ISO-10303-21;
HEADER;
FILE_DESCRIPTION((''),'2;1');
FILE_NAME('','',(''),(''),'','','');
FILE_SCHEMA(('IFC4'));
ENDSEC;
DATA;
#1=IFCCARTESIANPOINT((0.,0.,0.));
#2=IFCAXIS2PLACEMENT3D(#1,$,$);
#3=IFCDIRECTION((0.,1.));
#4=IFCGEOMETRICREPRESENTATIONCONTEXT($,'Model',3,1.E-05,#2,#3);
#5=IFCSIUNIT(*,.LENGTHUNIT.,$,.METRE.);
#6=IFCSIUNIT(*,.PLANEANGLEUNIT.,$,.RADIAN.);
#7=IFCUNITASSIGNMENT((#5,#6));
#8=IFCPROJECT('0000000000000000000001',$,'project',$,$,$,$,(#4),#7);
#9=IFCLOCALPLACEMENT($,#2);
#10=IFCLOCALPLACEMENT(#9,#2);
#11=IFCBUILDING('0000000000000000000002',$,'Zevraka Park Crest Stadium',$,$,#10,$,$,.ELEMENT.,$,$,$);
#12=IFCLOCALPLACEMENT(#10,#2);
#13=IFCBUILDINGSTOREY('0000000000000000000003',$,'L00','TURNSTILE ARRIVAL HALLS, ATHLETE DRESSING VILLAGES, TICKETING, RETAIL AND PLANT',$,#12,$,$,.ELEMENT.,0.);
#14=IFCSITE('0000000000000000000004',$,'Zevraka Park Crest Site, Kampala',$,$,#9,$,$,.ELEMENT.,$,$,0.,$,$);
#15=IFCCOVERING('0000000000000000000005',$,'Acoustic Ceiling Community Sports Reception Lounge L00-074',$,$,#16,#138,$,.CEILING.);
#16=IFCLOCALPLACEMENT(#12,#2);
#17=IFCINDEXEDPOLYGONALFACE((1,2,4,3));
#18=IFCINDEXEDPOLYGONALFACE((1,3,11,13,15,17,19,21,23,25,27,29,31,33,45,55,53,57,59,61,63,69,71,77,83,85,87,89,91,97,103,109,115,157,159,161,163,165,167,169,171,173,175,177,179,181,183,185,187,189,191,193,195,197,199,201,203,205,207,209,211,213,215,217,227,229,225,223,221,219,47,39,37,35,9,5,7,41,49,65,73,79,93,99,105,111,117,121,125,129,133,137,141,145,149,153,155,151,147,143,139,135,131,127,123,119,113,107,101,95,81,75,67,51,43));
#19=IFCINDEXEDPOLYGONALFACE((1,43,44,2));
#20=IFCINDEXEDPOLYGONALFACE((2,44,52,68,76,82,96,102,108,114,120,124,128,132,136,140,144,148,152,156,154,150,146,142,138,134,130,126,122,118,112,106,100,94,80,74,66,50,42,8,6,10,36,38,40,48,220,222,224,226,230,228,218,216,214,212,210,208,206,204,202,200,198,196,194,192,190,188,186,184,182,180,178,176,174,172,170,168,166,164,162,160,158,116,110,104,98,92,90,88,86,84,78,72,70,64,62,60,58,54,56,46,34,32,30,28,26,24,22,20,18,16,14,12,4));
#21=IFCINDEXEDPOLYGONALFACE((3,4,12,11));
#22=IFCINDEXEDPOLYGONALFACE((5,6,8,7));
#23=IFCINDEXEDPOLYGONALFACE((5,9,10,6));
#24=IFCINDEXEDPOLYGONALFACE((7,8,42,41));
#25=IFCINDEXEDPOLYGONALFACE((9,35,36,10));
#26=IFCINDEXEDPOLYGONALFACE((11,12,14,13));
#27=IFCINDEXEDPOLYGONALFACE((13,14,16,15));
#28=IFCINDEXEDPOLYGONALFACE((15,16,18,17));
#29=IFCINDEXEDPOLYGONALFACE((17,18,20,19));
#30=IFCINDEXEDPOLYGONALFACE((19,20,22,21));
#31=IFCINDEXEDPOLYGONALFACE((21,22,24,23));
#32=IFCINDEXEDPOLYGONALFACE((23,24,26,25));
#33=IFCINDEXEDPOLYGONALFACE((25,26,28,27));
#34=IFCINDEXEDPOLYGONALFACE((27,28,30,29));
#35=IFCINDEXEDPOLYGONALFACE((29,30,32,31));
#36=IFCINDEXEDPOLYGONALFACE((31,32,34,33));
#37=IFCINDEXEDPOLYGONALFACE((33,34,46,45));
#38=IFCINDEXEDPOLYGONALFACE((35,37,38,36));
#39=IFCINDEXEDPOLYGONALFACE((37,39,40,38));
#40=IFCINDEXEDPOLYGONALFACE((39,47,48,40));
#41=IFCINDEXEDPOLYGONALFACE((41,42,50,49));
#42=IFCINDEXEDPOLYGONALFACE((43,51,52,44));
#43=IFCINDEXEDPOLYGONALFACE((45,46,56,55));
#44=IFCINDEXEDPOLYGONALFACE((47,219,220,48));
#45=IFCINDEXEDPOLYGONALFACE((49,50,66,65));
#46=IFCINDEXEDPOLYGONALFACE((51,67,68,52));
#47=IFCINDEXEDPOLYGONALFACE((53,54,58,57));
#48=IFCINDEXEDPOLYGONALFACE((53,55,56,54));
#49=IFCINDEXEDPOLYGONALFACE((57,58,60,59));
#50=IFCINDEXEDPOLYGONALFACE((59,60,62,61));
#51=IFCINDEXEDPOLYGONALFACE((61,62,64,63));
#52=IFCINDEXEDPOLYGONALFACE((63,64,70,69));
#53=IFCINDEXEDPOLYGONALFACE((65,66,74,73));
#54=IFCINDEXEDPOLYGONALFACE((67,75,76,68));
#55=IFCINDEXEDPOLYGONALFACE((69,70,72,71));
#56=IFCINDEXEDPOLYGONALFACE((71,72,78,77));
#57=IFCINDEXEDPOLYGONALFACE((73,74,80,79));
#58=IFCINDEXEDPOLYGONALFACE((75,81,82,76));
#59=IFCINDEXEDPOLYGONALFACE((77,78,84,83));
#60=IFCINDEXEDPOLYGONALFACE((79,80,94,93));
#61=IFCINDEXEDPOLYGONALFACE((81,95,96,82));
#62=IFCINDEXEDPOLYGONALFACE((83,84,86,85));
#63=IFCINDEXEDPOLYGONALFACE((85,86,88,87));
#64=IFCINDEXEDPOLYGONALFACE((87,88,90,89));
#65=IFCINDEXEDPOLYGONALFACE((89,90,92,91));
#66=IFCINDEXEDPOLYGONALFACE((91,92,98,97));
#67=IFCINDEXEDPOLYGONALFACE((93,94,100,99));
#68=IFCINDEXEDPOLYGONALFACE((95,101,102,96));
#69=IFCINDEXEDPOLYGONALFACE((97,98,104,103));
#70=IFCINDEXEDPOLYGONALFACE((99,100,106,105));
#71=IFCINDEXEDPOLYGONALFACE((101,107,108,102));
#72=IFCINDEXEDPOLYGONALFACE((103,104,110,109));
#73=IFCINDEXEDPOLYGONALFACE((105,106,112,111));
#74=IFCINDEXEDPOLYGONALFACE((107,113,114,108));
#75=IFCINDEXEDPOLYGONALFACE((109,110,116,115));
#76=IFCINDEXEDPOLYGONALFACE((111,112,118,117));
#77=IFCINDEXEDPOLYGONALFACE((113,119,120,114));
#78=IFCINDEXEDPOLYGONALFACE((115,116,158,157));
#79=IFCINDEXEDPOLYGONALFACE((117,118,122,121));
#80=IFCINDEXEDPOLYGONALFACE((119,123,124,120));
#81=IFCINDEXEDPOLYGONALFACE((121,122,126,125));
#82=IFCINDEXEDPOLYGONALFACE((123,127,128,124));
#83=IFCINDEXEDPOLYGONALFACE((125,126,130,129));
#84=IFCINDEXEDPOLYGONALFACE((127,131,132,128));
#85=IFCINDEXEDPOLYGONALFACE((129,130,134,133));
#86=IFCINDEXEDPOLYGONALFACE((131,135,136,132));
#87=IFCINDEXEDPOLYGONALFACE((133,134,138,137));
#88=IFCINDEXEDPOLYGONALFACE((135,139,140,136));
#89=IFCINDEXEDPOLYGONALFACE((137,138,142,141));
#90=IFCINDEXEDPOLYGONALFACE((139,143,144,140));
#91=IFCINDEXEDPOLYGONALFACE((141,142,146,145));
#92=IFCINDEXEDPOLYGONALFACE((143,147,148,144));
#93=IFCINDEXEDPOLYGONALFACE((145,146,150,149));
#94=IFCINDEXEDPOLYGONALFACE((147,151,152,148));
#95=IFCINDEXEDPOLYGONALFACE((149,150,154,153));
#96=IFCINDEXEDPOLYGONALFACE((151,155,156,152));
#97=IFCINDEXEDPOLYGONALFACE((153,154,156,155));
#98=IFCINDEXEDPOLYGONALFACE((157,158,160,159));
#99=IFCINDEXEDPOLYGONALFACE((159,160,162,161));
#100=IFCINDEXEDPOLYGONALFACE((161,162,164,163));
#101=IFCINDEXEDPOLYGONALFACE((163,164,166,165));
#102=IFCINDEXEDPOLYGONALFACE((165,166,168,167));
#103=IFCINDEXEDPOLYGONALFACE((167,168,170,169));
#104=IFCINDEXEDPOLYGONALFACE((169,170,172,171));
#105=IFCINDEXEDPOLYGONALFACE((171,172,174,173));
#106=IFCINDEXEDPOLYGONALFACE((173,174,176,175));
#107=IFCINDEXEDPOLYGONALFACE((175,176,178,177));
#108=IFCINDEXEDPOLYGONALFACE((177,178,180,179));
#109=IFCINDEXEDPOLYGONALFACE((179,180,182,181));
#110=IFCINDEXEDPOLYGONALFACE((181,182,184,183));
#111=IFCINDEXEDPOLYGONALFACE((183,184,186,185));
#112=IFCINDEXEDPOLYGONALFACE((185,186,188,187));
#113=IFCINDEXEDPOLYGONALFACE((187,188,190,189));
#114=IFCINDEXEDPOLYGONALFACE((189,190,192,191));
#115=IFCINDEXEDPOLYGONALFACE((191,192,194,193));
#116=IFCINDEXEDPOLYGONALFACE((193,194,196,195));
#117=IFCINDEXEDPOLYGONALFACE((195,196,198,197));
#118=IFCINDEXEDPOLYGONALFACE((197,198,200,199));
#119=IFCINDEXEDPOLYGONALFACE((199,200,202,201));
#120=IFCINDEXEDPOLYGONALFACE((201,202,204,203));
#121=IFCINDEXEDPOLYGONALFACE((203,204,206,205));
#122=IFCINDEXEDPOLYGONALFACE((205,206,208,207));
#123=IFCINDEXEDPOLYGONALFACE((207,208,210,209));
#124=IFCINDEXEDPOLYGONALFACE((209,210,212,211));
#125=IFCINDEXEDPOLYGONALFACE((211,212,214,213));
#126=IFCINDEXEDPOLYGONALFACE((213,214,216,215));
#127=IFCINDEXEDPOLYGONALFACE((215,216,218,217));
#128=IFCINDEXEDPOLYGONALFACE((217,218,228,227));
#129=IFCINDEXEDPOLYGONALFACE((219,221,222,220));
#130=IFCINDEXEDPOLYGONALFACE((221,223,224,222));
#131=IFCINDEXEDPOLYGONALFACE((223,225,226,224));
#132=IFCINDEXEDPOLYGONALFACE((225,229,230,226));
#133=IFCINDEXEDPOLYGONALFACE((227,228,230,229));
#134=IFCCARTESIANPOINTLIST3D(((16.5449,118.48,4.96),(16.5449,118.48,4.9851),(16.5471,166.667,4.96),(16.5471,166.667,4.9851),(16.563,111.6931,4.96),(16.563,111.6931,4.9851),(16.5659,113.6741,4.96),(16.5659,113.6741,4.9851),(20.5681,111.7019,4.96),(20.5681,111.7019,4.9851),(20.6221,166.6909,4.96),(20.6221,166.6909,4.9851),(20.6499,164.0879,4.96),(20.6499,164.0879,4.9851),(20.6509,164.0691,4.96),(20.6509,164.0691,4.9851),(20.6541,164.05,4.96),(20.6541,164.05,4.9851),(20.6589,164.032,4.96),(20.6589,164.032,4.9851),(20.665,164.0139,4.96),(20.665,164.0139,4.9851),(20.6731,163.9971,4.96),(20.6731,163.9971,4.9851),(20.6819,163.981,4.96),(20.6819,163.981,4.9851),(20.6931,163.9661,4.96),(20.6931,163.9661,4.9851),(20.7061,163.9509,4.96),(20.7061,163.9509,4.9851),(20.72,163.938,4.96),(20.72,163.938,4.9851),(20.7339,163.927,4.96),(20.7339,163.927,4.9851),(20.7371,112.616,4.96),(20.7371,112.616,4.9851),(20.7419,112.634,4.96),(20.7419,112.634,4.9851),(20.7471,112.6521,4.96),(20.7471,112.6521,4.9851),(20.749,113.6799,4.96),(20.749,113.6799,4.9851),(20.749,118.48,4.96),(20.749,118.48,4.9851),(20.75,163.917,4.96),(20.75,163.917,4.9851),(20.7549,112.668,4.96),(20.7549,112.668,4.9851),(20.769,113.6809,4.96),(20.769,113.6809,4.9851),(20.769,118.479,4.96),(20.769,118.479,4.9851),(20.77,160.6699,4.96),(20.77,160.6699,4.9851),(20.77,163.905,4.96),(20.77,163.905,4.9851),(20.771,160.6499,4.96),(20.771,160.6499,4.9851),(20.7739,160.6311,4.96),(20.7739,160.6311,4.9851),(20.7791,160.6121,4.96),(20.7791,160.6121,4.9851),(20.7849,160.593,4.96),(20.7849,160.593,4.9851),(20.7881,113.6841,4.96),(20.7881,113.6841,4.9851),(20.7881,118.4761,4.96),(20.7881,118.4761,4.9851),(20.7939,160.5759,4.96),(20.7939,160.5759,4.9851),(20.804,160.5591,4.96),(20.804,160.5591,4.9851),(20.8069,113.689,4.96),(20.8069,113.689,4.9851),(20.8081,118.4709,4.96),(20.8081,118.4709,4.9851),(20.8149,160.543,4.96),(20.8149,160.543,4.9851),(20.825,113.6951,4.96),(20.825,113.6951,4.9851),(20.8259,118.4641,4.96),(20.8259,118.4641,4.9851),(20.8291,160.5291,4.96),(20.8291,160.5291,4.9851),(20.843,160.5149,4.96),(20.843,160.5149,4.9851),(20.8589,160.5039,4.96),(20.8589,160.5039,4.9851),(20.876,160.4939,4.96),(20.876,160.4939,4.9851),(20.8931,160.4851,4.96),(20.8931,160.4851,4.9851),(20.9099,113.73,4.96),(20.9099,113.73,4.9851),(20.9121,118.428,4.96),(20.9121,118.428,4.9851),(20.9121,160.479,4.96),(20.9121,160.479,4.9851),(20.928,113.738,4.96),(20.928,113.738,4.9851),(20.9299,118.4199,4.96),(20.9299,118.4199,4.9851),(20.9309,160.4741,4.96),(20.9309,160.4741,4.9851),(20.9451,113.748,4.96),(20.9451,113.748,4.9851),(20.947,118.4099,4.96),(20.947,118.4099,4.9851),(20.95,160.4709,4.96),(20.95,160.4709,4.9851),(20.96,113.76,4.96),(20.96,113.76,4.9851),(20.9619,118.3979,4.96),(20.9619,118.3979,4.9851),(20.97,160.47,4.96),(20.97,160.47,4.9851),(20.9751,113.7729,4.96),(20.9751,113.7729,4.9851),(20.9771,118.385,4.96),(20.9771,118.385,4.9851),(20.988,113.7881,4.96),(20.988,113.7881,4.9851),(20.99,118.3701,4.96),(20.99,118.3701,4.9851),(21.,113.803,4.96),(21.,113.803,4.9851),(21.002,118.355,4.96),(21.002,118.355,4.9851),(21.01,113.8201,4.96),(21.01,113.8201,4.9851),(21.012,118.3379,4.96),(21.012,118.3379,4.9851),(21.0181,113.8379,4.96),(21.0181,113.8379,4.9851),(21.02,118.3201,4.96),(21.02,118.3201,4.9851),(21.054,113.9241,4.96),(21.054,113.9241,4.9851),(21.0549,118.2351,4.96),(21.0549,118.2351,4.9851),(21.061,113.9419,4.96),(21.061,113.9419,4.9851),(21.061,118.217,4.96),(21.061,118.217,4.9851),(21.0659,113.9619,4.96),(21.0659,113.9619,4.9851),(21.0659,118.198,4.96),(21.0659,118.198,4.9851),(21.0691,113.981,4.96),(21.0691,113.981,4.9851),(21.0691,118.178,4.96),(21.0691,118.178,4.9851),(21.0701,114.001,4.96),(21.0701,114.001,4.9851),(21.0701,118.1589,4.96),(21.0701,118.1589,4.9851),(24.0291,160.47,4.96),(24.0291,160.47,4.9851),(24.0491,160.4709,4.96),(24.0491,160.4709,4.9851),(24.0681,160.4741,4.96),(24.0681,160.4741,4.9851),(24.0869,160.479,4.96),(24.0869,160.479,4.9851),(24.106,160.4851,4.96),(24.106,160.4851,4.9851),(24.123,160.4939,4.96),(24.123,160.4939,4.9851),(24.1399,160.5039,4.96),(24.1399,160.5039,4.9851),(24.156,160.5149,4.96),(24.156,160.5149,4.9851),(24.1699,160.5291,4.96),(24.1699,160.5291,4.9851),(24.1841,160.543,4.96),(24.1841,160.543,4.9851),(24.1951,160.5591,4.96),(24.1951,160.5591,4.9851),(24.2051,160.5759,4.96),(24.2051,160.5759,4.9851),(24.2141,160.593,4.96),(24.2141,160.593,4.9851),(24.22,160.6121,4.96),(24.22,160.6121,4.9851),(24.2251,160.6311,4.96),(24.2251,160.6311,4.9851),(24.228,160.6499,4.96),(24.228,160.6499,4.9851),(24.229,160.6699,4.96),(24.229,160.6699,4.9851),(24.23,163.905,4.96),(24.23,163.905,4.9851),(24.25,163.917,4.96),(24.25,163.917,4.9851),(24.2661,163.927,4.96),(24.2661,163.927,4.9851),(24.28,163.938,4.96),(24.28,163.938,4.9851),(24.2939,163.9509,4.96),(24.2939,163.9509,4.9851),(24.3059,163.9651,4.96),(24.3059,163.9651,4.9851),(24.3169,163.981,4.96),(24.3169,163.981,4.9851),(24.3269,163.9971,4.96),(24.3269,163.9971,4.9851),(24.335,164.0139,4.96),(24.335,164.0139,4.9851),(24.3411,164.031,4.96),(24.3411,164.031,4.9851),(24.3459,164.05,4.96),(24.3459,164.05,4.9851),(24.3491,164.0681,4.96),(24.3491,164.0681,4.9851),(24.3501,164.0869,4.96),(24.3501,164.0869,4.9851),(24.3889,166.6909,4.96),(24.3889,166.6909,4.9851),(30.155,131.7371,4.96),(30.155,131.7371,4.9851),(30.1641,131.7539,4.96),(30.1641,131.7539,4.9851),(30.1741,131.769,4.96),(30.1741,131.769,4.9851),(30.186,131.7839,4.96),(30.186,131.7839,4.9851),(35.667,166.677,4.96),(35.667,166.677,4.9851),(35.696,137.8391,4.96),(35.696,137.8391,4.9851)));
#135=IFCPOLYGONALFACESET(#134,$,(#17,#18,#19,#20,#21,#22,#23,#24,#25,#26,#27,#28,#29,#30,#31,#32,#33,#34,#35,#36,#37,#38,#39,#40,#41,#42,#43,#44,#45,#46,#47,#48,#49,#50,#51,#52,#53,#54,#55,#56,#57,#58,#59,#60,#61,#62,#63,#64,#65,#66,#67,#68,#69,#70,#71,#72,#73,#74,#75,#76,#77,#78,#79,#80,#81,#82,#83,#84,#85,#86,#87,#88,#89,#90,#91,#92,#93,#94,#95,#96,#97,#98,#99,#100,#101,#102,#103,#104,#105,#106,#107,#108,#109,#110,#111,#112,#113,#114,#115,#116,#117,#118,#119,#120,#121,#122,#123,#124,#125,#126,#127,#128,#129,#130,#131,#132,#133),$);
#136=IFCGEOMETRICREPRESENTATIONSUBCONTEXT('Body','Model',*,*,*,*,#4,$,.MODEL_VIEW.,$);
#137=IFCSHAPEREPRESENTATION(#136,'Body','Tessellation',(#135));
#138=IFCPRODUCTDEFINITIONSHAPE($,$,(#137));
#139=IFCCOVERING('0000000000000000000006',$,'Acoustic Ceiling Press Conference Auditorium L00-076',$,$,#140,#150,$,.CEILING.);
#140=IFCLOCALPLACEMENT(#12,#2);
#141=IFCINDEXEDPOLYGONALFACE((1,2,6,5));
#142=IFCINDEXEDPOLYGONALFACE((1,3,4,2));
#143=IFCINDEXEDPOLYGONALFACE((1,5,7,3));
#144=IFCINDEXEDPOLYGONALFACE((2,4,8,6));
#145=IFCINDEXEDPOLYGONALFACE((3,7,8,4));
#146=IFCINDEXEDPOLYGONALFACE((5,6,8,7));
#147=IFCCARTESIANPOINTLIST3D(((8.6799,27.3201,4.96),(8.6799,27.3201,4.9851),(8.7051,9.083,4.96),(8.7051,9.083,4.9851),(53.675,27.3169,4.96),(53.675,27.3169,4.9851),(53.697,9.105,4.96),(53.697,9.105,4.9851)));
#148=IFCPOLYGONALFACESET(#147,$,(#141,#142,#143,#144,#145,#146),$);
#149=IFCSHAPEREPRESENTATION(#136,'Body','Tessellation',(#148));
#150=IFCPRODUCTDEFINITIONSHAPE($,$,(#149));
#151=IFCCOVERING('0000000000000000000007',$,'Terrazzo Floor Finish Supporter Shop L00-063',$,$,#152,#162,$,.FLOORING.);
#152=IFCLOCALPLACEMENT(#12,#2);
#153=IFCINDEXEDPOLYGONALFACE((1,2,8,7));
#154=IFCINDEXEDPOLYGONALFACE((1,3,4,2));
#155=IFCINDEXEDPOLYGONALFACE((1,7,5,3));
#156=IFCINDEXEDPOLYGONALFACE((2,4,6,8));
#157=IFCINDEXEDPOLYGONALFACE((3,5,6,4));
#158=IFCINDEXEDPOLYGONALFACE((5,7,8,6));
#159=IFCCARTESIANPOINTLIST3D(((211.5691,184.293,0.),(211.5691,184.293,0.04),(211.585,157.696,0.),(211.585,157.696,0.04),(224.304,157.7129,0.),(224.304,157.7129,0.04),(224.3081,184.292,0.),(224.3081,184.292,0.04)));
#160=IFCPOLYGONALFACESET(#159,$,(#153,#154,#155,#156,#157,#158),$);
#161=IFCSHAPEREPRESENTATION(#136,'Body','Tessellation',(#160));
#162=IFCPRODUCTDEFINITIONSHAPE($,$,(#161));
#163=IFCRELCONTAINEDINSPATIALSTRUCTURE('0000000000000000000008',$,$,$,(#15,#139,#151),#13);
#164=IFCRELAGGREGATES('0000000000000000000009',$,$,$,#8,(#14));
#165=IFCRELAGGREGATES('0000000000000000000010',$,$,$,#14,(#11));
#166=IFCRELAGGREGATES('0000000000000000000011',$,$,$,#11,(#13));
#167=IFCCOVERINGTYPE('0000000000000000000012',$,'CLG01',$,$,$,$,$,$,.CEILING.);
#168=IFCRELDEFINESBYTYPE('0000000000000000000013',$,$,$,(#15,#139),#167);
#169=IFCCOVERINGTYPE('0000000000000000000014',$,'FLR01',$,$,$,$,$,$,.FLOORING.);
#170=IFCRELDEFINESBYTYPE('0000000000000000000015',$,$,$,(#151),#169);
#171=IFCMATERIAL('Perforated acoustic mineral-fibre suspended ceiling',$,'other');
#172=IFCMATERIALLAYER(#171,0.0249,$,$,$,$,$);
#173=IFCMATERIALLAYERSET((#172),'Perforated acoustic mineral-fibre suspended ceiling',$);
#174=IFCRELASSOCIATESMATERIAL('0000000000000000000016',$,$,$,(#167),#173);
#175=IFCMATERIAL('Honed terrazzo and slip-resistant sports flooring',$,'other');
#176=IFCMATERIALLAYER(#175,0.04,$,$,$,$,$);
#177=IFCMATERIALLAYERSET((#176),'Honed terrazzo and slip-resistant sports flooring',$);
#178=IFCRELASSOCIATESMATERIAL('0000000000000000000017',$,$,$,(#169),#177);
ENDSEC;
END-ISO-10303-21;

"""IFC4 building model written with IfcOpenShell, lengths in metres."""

from ifc_helpers import new_model, si_unit, direction, frame, origin, place, context, subcontext, project, spatial, polyline, outline, extrude, material, layer, layer_set, type_object, element, save


model = new_model("IFC4")

# Units and contexts
model_context = context("Model", 3, precision=1e-05, world=origin(), true_north=direction((0.0, 1.0)))
body_context = subcontext(model_context, "Body", "Model", "MODEL_VIEW")
ifc_project = project(units=[si_unit("LENGTHUNIT", "METRE"), si_unit("PLANEANGLEUNIT", "RADIAN")], contexts=[model_context])

# Site, building, storey
site_placement = place(None, origin())
site = spatial("IfcSite", under=ifc_project, at=site_placement, Name="Zevraka Park Crest Site, Kampala", CompositionType="ELEMENT", RefElevation=0.0)
building_placement = place(site_placement, origin())
building = spatial("IfcBuilding", under=site, at=building_placement, Name="Zevraka Park Crest Stadium", CompositionType="ELEMENT")
storey_placement = place(building_placement, origin())
storey = spatial("IfcBuildingStorey", under=building, at=storey_placement, Name="L00", Description="TURNSTILE ARRIVAL HALLS, ATHLETE DRESSING VILLAGES, TICKETING, RETAIL AND PLANT", CompositionType="ELEMENT", Elevation=0.0)

# Coverings
ifc_material_1 = material(Name="Perforated acoustic mineral-fibre suspended ceiling", Category="other")
ifc_layer_1 = layer(ifc_material_1, 0.0249)
ifc_layer_set_1 = layer_set([ifc_layer_1], Name="Perforated acoustic mineral-fibre suspended ceiling")
covering_type_1 = type_object("IfcCoveringType", Name="CLG01", PredefinedType="CEILING", material=ifc_layer_set_1)
covering_1_placement = place(storey_placement, frame((0.0, 0.0, 4.96)))
element("IfcCovering", 1, at=covering_1_placement, inside=storey, type_object=covering_type_1, Name="Acoustic Ceiling Community Sports Reception Lounge L00-074", PredefinedType="CEILING", context=body_context, shape_type="SweptSolid", body=[
    extrude(outline(polyline([(16.5449, 118.48), (16.5471, 166.667), (20.6221, 166.6909), (20.6499, 164.0879), (20.6509, 164.0691), (20.6541, 164.05), (20.6589, 164.032), (20.665, 164.0139), (20.6731, 163.9971), (20.6819, 163.981), (20.6931, 163.9661), (20.7061, 163.9509), (20.72, 163.938), (20.7339, 163.927), (20.75, 163.917), (20.77, 163.905), (20.77, 160.6699), (20.771, 160.6499), (20.7739, 160.6311), (20.7791, 160.6121), (20.7849, 160.593), (20.7939, 160.5759), (20.804, 160.5591), (20.8149, 160.543), (20.8291, 160.5291), (20.843, 160.5149), (20.8589, 160.5039), (20.876, 160.4939), (20.8931, 160.4851), (20.9121, 160.479), (20.9309, 160.4741), (20.95, 160.4709), (20.97, 160.47), (24.0291, 160.47), (24.0491, 160.4709), (24.0681, 160.4741), (24.0869, 160.479), (24.106, 160.4851), (24.123, 160.4939), (24.1399, 160.5039), (24.156, 160.5149), (24.1699, 160.5291), (24.1841, 160.543), (24.1951, 160.5591), (24.2051, 160.5759), (24.2141, 160.593), (24.22, 160.6121), (24.2251, 160.6311), (24.228, 160.6499), (24.229, 160.6699), (24.23, 163.905), (24.25, 163.917), (24.2661, 163.927), (24.28, 163.938), (24.2939, 163.9509), (24.3059, 163.9651), (24.3169, 163.981), (24.3269, 163.9971), (24.335, 164.0139), (24.3411, 164.031), (24.3459, 164.05), (24.3491, 164.0681), (24.3501, 164.0869), (24.3889, 166.6909), (35.667, 166.677), (35.696, 137.8391), (30.186, 131.7839), (30.1741, 131.769), (30.1641, 131.7539), (30.155, 131.7371), (20.7549, 112.668), (20.7471, 112.6521), (20.7419, 112.634), (20.7371, 112.616), (20.5681, 111.7019), (16.563, 111.6931), (16.5659, 113.6741), (20.749, 113.6799), (20.769, 113.6809), (20.7881, 113.6841), (20.8069, 113.689), (20.825, 113.6951), (20.9099, 113.73), (20.928, 113.738), (20.9451, 113.748), (20.96, 113.76), (20.9751, 113.7729), (20.988, 113.7881), (21.0, 113.803), (21.01, 113.8201), (21.0181, 113.8379), (21.054, 113.9241), (21.061, 113.9419), (21.0659, 113.9619), (21.0691, 113.981), (21.0701, 114.001), (21.0701, 118.1589), (21.0691, 118.178), (21.0659, 118.198), (21.061, 118.217), (21.0549, 118.2351), (21.02, 118.3201), (21.012, 118.3379), (21.002, 118.355), (20.99, 118.3701), (20.9771, 118.385), (20.9619, 118.3979), (20.947, 118.4099), (20.9299, 118.4199), (20.9121, 118.428), (20.8259, 118.4641), (20.8081, 118.4709), (20.7881, 118.4761), (20.769, 118.479), (20.749, 118.48), (16.5449, 118.48)])), origin(), (0.0, 0.0, 1.0), 0.0251),
])
covering_2_placement = place(storey_placement, frame((0.0, 0.0, 4.96)))
element("IfcCovering", 2, at=covering_2_placement, inside=storey, type_object=covering_type_1, Name="Acoustic Ceiling Press Conference Auditorium L00-076", PredefinedType="CEILING", context=body_context, shape_type="SweptSolid", body=[
    extrude(outline(polyline([(8.6799, 27.3201), (53.675, 27.3169), (53.697, 9.105), (8.7051, 9.083), (8.6799, 27.3201)])), origin(), (0.0, 0.0, 1.0), 0.0251),
])
ifc_material_2 = material(Name="Honed terrazzo and slip-resistant sports flooring", Category="other")
ifc_layer_2 = layer(ifc_material_2, 0.04)
ifc_layer_set_2 = layer_set([ifc_layer_2], Name="Honed terrazzo and slip-resistant sports flooring")
covering_type_2 = type_object("IfcCoveringType", Name="FLR01", PredefinedType="FLOORING", material=ifc_layer_set_2)
covering_3_placement = place(storey_placement, origin())
element("IfcCovering", 3, at=covering_3_placement, inside=storey, type_object=covering_type_2, Name="Terrazzo Floor Finish Supporter Shop L00-063", PredefinedType="FLOORING", context=body_context, shape_type="SweptSolid", body=[
    extrude(outline(polyline([(224.3081, 184.292), (224.304, 157.7129), (211.585, 157.696), (211.5691, 184.293), (224.3081, 184.292)])), origin(), (0.0, 0.0, 1.0), 0.04),
])

save(model, "model.ifc")
